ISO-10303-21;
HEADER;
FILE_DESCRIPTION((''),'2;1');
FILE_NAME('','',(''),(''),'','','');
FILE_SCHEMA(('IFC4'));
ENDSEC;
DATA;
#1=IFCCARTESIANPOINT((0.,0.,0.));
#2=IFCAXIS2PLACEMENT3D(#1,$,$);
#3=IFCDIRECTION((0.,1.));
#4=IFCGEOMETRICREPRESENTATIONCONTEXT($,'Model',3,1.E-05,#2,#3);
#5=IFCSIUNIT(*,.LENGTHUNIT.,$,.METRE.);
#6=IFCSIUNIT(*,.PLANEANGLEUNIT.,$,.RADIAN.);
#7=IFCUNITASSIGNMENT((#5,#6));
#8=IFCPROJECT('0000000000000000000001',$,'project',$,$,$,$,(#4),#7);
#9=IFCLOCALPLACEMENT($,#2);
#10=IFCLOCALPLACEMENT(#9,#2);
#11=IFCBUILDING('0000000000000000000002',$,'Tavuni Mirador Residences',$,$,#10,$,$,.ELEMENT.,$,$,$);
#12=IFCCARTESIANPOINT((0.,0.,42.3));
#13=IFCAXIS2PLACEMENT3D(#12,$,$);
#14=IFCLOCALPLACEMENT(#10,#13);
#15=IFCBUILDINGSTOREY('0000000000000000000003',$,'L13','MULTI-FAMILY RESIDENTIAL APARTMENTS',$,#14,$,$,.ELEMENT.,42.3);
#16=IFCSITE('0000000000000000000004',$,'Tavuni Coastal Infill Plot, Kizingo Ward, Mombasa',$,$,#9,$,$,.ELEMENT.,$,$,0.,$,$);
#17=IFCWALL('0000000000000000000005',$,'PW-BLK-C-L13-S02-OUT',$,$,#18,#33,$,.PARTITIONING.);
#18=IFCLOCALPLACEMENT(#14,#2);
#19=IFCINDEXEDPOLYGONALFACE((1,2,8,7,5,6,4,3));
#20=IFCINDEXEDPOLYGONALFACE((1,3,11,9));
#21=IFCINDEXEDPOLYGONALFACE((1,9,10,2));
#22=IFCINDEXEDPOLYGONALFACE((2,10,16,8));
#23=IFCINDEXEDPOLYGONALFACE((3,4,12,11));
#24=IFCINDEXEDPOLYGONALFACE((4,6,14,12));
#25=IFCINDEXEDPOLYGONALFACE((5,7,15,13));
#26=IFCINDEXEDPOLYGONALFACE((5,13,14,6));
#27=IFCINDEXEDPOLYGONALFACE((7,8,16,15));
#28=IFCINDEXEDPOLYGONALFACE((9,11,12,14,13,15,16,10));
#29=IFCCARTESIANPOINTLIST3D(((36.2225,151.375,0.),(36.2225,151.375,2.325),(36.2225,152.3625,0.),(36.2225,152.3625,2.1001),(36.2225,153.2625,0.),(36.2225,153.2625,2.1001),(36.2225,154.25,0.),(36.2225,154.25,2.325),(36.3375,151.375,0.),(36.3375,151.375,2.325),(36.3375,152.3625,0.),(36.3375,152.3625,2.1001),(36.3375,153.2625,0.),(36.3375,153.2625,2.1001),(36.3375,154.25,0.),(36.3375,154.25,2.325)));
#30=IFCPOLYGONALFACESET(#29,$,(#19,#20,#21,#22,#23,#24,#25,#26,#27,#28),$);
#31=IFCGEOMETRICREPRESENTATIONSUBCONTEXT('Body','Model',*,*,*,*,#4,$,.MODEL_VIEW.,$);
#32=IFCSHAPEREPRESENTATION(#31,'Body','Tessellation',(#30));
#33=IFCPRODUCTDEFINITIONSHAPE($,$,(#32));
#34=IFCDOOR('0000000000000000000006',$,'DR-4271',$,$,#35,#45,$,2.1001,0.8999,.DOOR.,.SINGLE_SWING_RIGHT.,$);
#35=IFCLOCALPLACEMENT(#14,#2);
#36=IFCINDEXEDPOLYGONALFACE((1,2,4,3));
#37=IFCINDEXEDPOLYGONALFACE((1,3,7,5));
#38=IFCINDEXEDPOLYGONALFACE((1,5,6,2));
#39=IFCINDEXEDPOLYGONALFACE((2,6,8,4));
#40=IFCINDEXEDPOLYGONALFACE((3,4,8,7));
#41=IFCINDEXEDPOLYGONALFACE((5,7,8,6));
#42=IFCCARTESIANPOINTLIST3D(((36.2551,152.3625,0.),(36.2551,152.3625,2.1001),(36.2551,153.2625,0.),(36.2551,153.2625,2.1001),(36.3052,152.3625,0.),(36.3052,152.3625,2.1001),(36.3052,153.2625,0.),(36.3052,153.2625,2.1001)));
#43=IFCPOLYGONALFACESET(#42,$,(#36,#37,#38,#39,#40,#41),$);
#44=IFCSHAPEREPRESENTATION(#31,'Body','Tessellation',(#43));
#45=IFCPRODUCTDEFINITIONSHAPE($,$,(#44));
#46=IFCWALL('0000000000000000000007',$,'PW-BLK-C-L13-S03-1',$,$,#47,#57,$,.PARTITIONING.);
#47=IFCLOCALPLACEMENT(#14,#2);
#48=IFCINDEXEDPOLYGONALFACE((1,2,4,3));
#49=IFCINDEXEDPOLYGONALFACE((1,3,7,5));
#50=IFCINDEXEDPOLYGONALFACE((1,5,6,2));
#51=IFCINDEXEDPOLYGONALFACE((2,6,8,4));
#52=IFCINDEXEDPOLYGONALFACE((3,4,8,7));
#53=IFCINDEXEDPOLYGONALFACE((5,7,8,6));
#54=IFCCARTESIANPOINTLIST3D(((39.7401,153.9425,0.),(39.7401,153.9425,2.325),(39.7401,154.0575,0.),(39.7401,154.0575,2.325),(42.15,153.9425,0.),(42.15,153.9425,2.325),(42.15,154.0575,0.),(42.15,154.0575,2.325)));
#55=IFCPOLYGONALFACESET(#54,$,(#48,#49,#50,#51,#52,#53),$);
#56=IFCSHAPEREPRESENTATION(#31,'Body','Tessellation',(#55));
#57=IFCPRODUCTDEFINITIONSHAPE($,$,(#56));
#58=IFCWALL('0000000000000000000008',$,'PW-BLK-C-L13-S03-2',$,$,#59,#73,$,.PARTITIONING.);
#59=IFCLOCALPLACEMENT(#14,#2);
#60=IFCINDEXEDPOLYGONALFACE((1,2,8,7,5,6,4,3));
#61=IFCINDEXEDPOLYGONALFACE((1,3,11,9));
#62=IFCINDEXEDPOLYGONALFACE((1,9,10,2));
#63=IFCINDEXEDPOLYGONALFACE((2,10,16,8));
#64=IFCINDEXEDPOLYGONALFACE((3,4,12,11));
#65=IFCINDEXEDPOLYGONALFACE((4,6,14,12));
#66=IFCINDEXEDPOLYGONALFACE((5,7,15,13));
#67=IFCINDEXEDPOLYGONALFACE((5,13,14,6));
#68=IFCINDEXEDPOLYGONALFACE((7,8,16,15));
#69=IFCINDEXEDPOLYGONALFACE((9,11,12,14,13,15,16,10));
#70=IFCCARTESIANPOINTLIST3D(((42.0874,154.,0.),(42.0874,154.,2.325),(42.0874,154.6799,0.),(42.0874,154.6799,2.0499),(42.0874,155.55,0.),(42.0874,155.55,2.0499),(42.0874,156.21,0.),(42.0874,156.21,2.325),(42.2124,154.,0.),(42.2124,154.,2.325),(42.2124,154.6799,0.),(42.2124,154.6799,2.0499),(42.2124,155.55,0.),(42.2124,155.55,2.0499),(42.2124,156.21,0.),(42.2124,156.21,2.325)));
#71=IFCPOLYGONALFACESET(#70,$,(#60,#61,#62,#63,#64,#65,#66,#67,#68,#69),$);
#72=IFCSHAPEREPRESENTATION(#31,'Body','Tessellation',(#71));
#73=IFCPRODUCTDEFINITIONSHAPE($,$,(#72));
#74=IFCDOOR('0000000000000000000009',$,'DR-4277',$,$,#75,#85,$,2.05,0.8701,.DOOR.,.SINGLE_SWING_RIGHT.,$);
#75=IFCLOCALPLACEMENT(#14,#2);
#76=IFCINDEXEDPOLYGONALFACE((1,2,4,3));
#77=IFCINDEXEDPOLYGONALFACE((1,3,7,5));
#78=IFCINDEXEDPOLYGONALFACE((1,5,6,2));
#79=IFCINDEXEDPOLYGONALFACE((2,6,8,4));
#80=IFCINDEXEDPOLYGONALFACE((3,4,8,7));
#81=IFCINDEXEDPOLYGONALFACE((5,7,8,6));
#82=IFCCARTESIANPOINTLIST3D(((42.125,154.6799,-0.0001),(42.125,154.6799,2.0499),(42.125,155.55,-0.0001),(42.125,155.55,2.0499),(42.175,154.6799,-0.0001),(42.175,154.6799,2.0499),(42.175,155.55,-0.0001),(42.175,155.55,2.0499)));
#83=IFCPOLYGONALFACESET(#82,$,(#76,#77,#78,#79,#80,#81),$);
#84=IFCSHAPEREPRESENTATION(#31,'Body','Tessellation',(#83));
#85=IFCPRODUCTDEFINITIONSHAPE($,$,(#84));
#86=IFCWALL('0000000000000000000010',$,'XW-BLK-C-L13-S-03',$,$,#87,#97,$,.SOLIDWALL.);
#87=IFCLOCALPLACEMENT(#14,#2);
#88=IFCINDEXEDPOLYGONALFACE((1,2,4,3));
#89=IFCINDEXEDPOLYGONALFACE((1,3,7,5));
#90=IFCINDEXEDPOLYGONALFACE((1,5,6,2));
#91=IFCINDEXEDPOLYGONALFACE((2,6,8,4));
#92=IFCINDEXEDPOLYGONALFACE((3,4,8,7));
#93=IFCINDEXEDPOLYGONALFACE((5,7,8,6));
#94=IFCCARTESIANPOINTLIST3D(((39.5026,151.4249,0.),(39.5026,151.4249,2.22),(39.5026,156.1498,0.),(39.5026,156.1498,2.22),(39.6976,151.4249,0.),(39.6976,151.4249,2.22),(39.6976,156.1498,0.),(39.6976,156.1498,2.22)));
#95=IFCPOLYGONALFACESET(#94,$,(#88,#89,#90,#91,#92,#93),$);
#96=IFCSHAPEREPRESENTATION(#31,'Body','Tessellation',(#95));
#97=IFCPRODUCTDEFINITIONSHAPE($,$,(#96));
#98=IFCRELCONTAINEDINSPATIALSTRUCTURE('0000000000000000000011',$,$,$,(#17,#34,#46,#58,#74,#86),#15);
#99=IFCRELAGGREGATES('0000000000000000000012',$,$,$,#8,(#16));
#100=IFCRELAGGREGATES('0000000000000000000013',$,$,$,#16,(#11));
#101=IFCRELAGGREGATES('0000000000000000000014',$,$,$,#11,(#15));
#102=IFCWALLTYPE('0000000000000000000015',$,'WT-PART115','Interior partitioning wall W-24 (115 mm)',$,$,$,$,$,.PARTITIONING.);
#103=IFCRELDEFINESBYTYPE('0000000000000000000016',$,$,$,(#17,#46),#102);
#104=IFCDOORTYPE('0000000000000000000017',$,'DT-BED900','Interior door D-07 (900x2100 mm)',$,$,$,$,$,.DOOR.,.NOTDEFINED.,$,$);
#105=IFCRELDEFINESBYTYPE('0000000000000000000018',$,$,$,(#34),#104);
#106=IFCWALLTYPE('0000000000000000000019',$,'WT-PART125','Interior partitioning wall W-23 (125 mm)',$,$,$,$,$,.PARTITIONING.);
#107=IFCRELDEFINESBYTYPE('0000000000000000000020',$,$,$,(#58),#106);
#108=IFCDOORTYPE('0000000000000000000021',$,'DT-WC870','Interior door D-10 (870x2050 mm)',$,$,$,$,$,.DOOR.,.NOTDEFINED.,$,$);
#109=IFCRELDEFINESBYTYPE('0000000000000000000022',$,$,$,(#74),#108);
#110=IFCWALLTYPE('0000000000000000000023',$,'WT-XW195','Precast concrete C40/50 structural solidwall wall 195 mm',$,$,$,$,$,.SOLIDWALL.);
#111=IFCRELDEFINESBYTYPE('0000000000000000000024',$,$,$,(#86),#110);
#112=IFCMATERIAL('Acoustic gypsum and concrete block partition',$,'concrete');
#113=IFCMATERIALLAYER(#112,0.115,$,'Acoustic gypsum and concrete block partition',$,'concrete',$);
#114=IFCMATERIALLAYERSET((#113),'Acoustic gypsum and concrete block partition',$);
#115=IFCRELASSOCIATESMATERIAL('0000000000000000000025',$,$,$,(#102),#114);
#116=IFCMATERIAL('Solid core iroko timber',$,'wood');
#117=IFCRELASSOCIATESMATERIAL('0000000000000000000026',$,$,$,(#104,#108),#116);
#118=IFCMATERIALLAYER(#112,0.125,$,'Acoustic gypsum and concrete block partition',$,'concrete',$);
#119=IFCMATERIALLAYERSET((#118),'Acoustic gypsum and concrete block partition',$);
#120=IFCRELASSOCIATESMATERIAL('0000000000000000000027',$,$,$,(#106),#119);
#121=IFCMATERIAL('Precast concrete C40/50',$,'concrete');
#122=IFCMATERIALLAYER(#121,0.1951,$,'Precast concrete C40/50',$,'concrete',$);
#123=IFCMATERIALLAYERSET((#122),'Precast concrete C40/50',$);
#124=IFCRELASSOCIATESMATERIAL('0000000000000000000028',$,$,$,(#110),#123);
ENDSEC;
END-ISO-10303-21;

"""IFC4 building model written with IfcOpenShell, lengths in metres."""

from ifc_helpers import new_model, si_unit, direction, frame, frame_2d, origin, place, context, subcontext, project, spatial, rectangle, extrude, material, layer, layer_set, type_object, element, fill, save


model = new_model("IFC4")

# Units and contexts
model_context = context("Model", 3, precision=1e-05, world=origin(), true_north=direction((0.0, 1.0)))
body_context = subcontext(model_context, "Body", "Model", "MODEL_VIEW")
ifc_project = project(units=[si_unit("LENGTHUNIT", "METRE"), si_unit("PLANEANGLEUNIT", "RADIAN")], contexts=[model_context])

# Site, building, storey
site_placement = place(None, origin())
site = spatial("IfcSite", under=ifc_project, at=site_placement, Name="Tavuni Coastal Infill Plot, Kizingo Ward, Mombasa", CompositionType="ELEMENT", RefElevation=0.0)
building_placement = place(site_placement, origin())
building = spatial("IfcBuilding", under=site, at=building_placement, Name="Tavuni Mirador Residences", CompositionType="ELEMENT")
storey_placement = place(building_placement, frame((0.0, 0.0, 42.3)))
storey = spatial("IfcBuildingStorey", under=building, at=storey_placement, Name="L13", Description="MULTI-FAMILY RESIDENTIAL APARTMENTS", CompositionType="ELEMENT", Elevation=42.3)

# Shared definitions
ifc_material_1 = material(Name="Precast concrete C40/50", Category="concrete")

# Wall, opening, door
ifc_material_2 = material(Name="Acoustic gypsum and concrete block partition", Category="concrete")
ifc_layer_1 = layer(ifc_material_2, 0.115, Name="Acoustic gypsum and concrete block partition", Category="concrete")
ifc_layer_set_1 = layer_set([ifc_layer_1], Name="Acoustic gypsum and concrete block partition")
wall_type_1 = type_object("IfcWallType", Name="WT-PART115", Description="Interior partitioning wall W-24 (115 mm)", PredefinedType="PARTITIONING", material=ifc_layer_set_1)
wall_1_placement = place(storey_placement, frame((36.28, 151.375, 0.0), z_axis=(0.0, 0.0, 1.0), x_axis=(0.0, 1.0, 0.0)))
wall_1 = element("IfcWall", 1, at=wall_1_placement, inside=storey, type_object=wall_type_1, Name="PW-BLK-C-L13-S02-OUT", PredefinedType="PARTITIONING", context=body_context, shape_type="SweptSolid", body=[
    extrude(rectangle(XDim=2.875, YDim=0.115, at=frame_2d((1.4375, 0.0))), origin(), (0.0, 0.0, 1.0), 2.325),
])
opening_1_placement = place(wall_1_placement, frame((0.9875, 0.0, 0.0)))
opening_1 = element("IfcOpeningElement", 2, at=opening_1_placement, cuts=wall_1, PredefinedType="OPENING", context=body_context, shape_type="SweptSolid", body=[
    extrude(rectangle(XDim=0.8999, YDim=2.1001, at=frame_2d((0.45, 1.05))), frame((0.0, 0.0674, 0.0), z_axis=(0.0, -1.0, 0.0), x_axis=(1.0, 0.0, 0.0)), (0.0, 0.0, 1.0), 0.135),
])
ifc_material_3 = material(Name="Solid core iroko timber", Category="wood")
door_type_1 = type_object("IfcDoorType", Name="DT-BED900", Description="Interior door D-07 (900x2100 mm)", OperationType="NOTDEFINED", PredefinedType="DOOR", material=ifc_material_3)
door_1_placement = place(opening_1_placement, origin())
door_1 = element("IfcDoor", 3, at=door_1_placement, inside=storey, type_object=door_type_1, Name="DR-4271", OperationType="SINGLE_SWING_RIGHT", OverallHeight=2.1001, OverallWidth=0.8999, PredefinedType="DOOR", context=body_context, shape_type="SweptSolid", body=[
    extrude(rectangle(XDim=0.8999, YDim=2.1001, at=frame_2d((0.45, 1.05))), frame((0.0, 0.0249, 0.0), z_axis=(0.0, -1.0, 0.0), x_axis=(1.0, 0.0, 0.0)), (0.0, 0.0, 1.0), 0.05),
])
fill(opening_1, door_1)

# Wall
wall_2_placement = place(storey_placement, frame((39.74, 154.0, 0.0), z_axis=(0.0, 0.0, 1.0), x_axis=(1.0, 0.0, 0.0)))
element("IfcWall", 4, at=wall_2_placement, inside=storey, type_object=wall_type_1, Name="PW-BLK-C-L13-S03-1", PredefinedType="PARTITIONING", context=body_context, shape_type="SweptSolid", body=[
    extrude(rectangle(XDim=2.4099, YDim=0.115, at=frame_2d((1.2051, 0.0))), origin(), (0.0, 0.0, 1.0), 2.325),
])

# Wall, opening, door
ifc_layer_2 = layer(ifc_material_2, 0.125, Name="Acoustic gypsum and concrete block partition", Category="concrete")
ifc_layer_set_2 = layer_set([ifc_layer_2], Name="Acoustic gypsum and concrete block partition")
wall_type_2 = type_object("IfcWallType", Name="WT-PART125", Description="Interior partitioning wall W-23 (125 mm)", PredefinedType="PARTITIONING", material=ifc_layer_set_2)
wall_3_placement = place(storey_placement, frame((42.1499, 154.0, 0.0), z_axis=(0.0, 0.0, 1.0), x_axis=(0.0, 1.0, 0.0)))
wall_3 = element("IfcWall", 5, at=wall_3_placement, inside=storey, type_object=wall_type_2, Name="PW-BLK-C-L13-S03-2", PredefinedType="PARTITIONING", context=body_context, shape_type="SweptSolid", body=[
    extrude(rectangle(XDim=2.21, YDim=0.125, at=frame_2d((1.105, 0.0))), origin(), (0.0, 0.0, 1.0), 2.325),
])
opening_2_placement = place(wall_3_placement, frame((0.6799, 0.0, 0.0)))
opening_2 = element("IfcOpeningElement", 6, at=opening_2_placement, cuts=wall_3, PredefinedType="OPENING", context=body_context, shape_type="SweptSolid", body=[
    extrude(rectangle(XDim=0.8701, YDim=2.05, at=frame_2d((0.4351, 1.0249))), frame((0.0, 0.0725, 0.0), z_axis=(0.0, -1.0, 0.0), x_axis=(1.0, 0.0, 0.0)), (0.0, 0.0, 1.0), 0.145),
])
door_type_2 = type_object("IfcDoorType", Name="DT-WC870", Description="Interior door D-10 (870x2050 mm)", OperationType="NOTDEFINED", PredefinedType="DOOR", material=ifc_material_3)
door_2_placement = place(opening_2_placement, origin())
door_2 = element("IfcDoor", 7, at=door_2_placement, inside=storey, type_object=door_type_2, Name="DR-4277", OperationType="SINGLE_SWING_RIGHT", OverallHeight=2.05, OverallWidth=0.8701, PredefinedType="DOOR", context=body_context, shape_type="SweptSolid", body=[
    extrude(rectangle(XDim=0.8701, YDim=2.05, at=frame_2d((0.4351, 1.0249))), frame((0.0, 0.0249, 0.0), z_axis=(0.0, -1.0, 0.0), x_axis=(1.0, 0.0, 0.0)), (0.0, 0.0, 1.0), 0.05),
])
fill(opening_2, door_2)

# Wall
ifc_layer_3 = layer(ifc_material_1, 0.1951, Name="Precast concrete C40/50", Category="concrete")
ifc_layer_set_3 = layer_set([ifc_layer_3], Name="Precast concrete C40/50")
wall_type_3 = type_object("IfcWallType", Name="WT-XW195", Description="Precast concrete C40/50 structural solidwall wall 195 mm", PredefinedType="SOLIDWALL", material=ifc_layer_set_3)
wall_4_placement = place(storey_placement, frame((39.6001, 151.425, 0.0), z_axis=(0.0, 0.0, 1.0), x_axis=(0.0, 1.0, 0.0)))
element("IfcWall", 8, at=wall_4_placement, inside=storey, type_object=wall_type_3, Name="XW-BLK-C-L13-S-03", PredefinedType="SOLIDWALL", context=body_context, shape_type="SweptSolid", body=[
    extrude(rectangle(XDim=4.7249, YDim=0.1951, at=frame_2d((2.3623, 0.0))), origin(), (0.0, 0.0, 1.0), 2.22),
])

save(model, "model.ifc")
